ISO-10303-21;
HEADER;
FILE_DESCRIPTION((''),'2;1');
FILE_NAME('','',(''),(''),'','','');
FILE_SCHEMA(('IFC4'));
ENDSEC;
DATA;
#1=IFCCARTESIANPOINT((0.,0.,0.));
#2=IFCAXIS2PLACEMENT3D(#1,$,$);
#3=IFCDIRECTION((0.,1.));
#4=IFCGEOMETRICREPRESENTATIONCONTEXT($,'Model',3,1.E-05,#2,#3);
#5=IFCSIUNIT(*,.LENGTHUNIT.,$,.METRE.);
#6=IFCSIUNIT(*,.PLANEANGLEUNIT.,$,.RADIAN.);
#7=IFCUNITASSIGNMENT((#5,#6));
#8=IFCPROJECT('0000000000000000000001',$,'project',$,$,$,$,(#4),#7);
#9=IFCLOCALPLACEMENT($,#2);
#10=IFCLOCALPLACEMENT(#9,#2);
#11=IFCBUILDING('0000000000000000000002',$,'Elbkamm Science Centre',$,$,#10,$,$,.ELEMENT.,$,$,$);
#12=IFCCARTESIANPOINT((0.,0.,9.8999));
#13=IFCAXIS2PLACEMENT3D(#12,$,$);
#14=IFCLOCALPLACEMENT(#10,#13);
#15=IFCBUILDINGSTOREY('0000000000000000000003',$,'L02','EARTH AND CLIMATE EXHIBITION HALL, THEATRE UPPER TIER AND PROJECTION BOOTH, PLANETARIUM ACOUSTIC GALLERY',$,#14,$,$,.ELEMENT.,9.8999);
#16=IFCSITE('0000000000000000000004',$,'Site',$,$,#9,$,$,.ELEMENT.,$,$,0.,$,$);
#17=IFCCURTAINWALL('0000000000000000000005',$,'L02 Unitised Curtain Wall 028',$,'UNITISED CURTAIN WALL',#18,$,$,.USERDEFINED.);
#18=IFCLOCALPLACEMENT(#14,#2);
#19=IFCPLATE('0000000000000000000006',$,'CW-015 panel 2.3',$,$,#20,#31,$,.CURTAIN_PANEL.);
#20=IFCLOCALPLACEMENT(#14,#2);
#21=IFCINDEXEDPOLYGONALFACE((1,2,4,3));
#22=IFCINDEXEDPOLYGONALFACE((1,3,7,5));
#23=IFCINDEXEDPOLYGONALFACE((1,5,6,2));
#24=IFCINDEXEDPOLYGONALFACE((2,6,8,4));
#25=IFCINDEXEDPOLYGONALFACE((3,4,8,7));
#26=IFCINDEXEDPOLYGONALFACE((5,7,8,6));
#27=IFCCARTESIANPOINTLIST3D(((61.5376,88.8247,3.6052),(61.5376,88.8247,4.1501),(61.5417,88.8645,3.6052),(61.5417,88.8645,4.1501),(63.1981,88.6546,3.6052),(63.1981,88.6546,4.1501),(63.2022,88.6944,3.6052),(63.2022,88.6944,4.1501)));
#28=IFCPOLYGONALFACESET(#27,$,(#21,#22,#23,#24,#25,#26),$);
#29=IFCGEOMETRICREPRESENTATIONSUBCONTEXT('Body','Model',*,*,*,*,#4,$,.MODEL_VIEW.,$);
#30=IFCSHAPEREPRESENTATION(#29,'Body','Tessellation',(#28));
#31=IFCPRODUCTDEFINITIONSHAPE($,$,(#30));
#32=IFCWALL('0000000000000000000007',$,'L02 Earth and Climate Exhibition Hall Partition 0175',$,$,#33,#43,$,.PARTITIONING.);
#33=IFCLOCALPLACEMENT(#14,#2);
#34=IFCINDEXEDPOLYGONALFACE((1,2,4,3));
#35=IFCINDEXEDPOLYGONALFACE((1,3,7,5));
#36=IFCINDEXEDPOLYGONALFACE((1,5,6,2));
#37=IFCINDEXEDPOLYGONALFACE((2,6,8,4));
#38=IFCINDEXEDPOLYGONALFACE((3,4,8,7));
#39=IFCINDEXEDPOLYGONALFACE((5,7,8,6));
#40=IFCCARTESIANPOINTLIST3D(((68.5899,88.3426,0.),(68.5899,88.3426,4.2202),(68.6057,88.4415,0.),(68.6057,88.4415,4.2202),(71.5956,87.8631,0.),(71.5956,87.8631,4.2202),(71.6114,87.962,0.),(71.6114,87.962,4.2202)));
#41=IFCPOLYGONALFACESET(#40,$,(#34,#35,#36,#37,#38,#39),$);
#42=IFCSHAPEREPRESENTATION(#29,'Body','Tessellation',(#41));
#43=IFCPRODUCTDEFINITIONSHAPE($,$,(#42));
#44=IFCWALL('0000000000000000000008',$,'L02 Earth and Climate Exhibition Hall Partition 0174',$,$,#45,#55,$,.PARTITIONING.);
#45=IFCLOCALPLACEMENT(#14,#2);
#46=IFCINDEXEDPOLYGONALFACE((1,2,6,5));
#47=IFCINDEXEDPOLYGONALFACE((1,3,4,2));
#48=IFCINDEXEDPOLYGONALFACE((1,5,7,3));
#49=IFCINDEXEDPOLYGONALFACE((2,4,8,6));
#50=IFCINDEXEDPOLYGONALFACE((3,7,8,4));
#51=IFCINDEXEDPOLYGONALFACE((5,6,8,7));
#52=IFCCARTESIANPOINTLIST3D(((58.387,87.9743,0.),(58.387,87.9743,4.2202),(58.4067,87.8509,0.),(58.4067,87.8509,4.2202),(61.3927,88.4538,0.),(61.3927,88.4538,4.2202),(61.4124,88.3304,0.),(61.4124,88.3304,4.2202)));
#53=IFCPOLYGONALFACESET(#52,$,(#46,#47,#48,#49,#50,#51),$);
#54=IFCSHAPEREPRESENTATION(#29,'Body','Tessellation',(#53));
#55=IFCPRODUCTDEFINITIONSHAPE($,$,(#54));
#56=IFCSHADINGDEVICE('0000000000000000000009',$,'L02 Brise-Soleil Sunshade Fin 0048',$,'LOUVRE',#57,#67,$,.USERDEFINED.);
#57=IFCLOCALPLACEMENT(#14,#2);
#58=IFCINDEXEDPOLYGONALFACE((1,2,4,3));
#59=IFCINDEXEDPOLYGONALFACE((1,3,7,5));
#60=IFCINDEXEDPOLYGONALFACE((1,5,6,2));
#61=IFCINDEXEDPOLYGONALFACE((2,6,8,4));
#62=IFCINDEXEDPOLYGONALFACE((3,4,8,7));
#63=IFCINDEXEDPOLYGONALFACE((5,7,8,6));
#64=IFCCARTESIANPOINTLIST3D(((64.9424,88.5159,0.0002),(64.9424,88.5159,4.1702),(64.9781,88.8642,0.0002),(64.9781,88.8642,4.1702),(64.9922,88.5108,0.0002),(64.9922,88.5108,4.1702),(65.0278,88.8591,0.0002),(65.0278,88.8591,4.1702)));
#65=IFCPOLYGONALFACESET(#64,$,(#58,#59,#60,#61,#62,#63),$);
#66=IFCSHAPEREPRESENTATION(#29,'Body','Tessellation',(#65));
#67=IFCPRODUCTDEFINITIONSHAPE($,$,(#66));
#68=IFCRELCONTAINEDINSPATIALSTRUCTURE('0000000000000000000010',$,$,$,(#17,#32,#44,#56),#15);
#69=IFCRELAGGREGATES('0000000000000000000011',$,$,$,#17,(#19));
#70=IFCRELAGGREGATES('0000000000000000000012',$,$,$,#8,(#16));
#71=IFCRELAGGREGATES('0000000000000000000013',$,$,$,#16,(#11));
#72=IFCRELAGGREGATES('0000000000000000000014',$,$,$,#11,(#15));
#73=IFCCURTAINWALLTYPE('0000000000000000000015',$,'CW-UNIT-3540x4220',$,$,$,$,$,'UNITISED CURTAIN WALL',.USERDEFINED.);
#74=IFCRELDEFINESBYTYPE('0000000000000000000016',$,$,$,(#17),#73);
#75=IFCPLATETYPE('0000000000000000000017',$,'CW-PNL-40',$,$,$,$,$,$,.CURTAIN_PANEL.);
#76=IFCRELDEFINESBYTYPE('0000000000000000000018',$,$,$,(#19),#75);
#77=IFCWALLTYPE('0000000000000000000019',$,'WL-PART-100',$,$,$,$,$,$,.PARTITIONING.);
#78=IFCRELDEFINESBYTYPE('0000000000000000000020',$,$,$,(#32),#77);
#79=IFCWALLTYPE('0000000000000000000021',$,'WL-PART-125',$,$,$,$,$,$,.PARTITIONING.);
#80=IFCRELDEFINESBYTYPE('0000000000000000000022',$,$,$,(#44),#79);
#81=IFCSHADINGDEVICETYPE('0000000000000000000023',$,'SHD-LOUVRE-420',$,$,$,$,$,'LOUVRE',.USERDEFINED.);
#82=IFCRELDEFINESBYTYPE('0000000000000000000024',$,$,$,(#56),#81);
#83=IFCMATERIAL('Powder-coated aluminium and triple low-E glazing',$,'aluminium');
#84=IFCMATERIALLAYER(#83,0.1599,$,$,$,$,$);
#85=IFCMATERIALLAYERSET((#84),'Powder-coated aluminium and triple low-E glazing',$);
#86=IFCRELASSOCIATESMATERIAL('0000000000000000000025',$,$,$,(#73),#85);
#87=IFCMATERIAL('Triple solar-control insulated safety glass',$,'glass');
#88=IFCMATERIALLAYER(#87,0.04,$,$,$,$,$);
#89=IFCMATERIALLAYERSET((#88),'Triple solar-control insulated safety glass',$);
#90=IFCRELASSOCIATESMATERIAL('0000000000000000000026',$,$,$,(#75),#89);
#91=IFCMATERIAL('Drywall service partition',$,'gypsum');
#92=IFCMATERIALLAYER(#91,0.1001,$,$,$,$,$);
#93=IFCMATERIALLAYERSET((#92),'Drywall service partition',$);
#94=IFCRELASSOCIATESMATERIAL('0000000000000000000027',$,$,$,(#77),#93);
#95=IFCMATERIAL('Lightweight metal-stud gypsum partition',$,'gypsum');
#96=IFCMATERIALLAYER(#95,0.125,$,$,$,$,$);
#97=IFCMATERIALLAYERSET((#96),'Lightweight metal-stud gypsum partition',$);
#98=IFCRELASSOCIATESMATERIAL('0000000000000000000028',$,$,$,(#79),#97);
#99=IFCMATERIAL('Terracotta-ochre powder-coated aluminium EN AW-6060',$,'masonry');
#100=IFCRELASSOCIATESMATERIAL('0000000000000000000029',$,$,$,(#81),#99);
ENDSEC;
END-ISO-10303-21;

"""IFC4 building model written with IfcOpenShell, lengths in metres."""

from ifc_helpers import new_model, si_unit, direction, frame, frame_2d, origin, origin_2d, place, context, subcontext, project, spatial, rectangle, extrude, material, layer, layer_set, type_object, element, aggregate, save


model = new_model("IFC4")

# Units and contexts
model_context = context("Model", 3, precision=1e-05, world=origin(), true_north=direction((0.0, 1.0)))
body_context = subcontext(model_context, "Body", "Model", "MODEL_VIEW")
ifc_project = project(units=[si_unit("LENGTHUNIT", "METRE"), si_unit("PLANEANGLEUNIT", "RADIAN")], contexts=[model_context])

# Site, building, storey
site_placement = place(None, origin())
site = spatial("IfcSite", under=ifc_project, at=site_placement, Name="Site", CompositionType="ELEMENT", RefElevation=0.0)
building_placement = place(site_placement, origin())
building = spatial("IfcBuilding", under=site, at=building_placement, Name="Elbkamm Science Centre", CompositionType="ELEMENT")
storey_placement = place(building_placement, frame((0.0, 0.0, 9.8999)))
storey = spatial("IfcBuildingStorey", under=building, at=storey_placement, Name="L02", Description="EARTH AND CLIMATE EXHIBITION HALL, THEATRE UPPER TIER AND PROJECTION BOOTH, PLANETARIUM ACOUSTIC GALLERY", CompositionType="ELEMENT", Elevation=9.8999)

# Curtain wall
ifc_material_1 = material(Name="Powder-coated aluminium and triple low-E glazing", Category="aluminium")
ifc_layer_1 = layer(ifc_material_1, 0.1599)
ifc_layer_set_1 = layer_set([ifc_layer_1], Name="Powder-coated aluminium and triple low-E glazing")
curtain_wall_type = type_object("IfcCurtainWallType", Name="CW-UNIT-3540x4220", ElementType="UNITISED CURTAIN WALL", PredefinedType="USERDEFINED", material=ifc_layer_set_1)
curtain_wall_1_placement = place(storey_placement, origin())
curtain_wall_1 = element("IfcCurtainWall", 1, at=curtain_wall_1_placement, inside=storey, type_object=curtain_wall_type, Name="L02 Unitised Curtain Wall 028", ObjectType="UNITISED CURTAIN WALL", PredefinedType="USERDEFINED")

# Plate
ifc_material_2 = material(Name="Triple solar-control insulated safety glass", Category="glass")
ifc_layer_2 = layer(ifc_material_2, 0.04)
ifc_layer_set_2 = layer_set([ifc_layer_2], Name="Triple solar-control insulated safety glass")
plate_type = type_object("IfcPlateType", Name="CW-PNL-40", PredefinedType="CURTAIN_PANEL", material=ifc_layer_set_2)
plate_1_placement = place(storey_placement, frame((62.3699, 88.7595, 3.6052), z_axis=(0.0, 0.0, 1.0), x_axis=(-0.994794, 0.101906, 0.0)))
plate_1 = element("IfcPlate", 2, at=plate_1_placement, type_object=plate_type, Name="CW-015 panel 2.3", PredefinedType="CURTAIN_PANEL", context=body_context, shape_type="SweptSolid", body=[
    extrude(rectangle(XDim=1.6692, YDim=0.04, at=origin_2d()), origin(), (0.0, 0.0, 1.0), 0.5449),
])
aggregate(curtain_wall_1, [plate_1])

# Walls
ifc_material_3 = material(Name="Drywall service partition", Category="gypsum")
ifc_layer_3 = layer(ifc_material_3, 0.1001)
ifc_layer_set_3 = layer_set([ifc_layer_3], Name="Drywall service partition")
wall_type_1 = type_object("IfcWallType", Name="WL-PART-100", PredefinedType="PARTITIONING", material=ifc_layer_set_3)
wall_1_placement = place(storey_placement, frame((68.5977, 88.3921, 0.0), z_axis=(0.0, 0.0, 1.0), x_axis=(0.987513, -0.15754, 0.0)))
element("IfcWall", 3, at=wall_1_placement, inside=storey, type_object=wall_type_1, Name="L02 Earth and Climate Exhibition Hall Partition 0175", PredefinedType="PARTITIONING", context=body_context, shape_type="SweptSolid", body=[
    extrude(rectangle(XDim=3.0437, YDim=0.1001, at=frame_2d((1.522, 0.0))), origin(), (0.0, 0.0, 1.0), 4.2202),
])
ifc_material_4 = material(Name="Lightweight metal-stud gypsum partition", Category="gypsum")
ifc_layer_4 = layer(ifc_material_4, 0.125)
ifc_layer_set_4 = layer_set([ifc_layer_4], Name="Lightweight metal-stud gypsum partition")
wall_type_2 = type_object("IfcWallType", Name="WL-PART-125", PredefinedType="PARTITIONING", material=ifc_layer_set_4)
wall_2_placement = place(storey_placement, frame((58.3967, 87.9126, 0.0), z_axis=(0.0, 0.0, 1.0), x_axis=(0.987513, 0.15754, 0.0)))
element("IfcWall", 4, at=wall_2_placement, inside=storey, type_object=wall_type_2, Name="L02 Earth and Climate Exhibition Hall Partition 0174", PredefinedType="PARTITIONING", context=body_context, shape_type="SweptSolid", body=[
    extrude(rectangle(XDim=3.0437, YDim=0.125, at=frame_2d((1.522, 0.0))), origin(), (0.0, 0.0, 1.0), 4.2202),
])

# Shading device
ifc_material_5 = material(Name="Terracotta-ochre powder-coated aluminium EN AW-6060", Category="masonry")
shading_device_type = type_object("IfcShadingDeviceType", Name="SHD-LOUVRE-420", ElementType="LOUVRE", PredefinedType="USERDEFINED", material=ifc_material_5)
shading_device_placement = place(storey_placement, frame((64.9851, 88.6875, 0.0002), z_axis=(0.0, 0.0, 1.0), x_axis=(0.101905, 0.994794, 0.0)))
element("IfcShadingDevice", 5, at=shading_device_placement, inside=storey, type_object=shading_device_type, Name="L02 Brise-Soleil Sunshade Fin 0048", ObjectType="LOUVRE", PredefinedType="USERDEFINED", context=body_context, shape_type="SweptSolid", body=[
    extrude(rectangle(XDim=0.3501, YDim=0.05, at=origin_2d()), origin(), (0.0, 0.0, 1.0), 4.1699),
])

save(model, "model.ifc")
